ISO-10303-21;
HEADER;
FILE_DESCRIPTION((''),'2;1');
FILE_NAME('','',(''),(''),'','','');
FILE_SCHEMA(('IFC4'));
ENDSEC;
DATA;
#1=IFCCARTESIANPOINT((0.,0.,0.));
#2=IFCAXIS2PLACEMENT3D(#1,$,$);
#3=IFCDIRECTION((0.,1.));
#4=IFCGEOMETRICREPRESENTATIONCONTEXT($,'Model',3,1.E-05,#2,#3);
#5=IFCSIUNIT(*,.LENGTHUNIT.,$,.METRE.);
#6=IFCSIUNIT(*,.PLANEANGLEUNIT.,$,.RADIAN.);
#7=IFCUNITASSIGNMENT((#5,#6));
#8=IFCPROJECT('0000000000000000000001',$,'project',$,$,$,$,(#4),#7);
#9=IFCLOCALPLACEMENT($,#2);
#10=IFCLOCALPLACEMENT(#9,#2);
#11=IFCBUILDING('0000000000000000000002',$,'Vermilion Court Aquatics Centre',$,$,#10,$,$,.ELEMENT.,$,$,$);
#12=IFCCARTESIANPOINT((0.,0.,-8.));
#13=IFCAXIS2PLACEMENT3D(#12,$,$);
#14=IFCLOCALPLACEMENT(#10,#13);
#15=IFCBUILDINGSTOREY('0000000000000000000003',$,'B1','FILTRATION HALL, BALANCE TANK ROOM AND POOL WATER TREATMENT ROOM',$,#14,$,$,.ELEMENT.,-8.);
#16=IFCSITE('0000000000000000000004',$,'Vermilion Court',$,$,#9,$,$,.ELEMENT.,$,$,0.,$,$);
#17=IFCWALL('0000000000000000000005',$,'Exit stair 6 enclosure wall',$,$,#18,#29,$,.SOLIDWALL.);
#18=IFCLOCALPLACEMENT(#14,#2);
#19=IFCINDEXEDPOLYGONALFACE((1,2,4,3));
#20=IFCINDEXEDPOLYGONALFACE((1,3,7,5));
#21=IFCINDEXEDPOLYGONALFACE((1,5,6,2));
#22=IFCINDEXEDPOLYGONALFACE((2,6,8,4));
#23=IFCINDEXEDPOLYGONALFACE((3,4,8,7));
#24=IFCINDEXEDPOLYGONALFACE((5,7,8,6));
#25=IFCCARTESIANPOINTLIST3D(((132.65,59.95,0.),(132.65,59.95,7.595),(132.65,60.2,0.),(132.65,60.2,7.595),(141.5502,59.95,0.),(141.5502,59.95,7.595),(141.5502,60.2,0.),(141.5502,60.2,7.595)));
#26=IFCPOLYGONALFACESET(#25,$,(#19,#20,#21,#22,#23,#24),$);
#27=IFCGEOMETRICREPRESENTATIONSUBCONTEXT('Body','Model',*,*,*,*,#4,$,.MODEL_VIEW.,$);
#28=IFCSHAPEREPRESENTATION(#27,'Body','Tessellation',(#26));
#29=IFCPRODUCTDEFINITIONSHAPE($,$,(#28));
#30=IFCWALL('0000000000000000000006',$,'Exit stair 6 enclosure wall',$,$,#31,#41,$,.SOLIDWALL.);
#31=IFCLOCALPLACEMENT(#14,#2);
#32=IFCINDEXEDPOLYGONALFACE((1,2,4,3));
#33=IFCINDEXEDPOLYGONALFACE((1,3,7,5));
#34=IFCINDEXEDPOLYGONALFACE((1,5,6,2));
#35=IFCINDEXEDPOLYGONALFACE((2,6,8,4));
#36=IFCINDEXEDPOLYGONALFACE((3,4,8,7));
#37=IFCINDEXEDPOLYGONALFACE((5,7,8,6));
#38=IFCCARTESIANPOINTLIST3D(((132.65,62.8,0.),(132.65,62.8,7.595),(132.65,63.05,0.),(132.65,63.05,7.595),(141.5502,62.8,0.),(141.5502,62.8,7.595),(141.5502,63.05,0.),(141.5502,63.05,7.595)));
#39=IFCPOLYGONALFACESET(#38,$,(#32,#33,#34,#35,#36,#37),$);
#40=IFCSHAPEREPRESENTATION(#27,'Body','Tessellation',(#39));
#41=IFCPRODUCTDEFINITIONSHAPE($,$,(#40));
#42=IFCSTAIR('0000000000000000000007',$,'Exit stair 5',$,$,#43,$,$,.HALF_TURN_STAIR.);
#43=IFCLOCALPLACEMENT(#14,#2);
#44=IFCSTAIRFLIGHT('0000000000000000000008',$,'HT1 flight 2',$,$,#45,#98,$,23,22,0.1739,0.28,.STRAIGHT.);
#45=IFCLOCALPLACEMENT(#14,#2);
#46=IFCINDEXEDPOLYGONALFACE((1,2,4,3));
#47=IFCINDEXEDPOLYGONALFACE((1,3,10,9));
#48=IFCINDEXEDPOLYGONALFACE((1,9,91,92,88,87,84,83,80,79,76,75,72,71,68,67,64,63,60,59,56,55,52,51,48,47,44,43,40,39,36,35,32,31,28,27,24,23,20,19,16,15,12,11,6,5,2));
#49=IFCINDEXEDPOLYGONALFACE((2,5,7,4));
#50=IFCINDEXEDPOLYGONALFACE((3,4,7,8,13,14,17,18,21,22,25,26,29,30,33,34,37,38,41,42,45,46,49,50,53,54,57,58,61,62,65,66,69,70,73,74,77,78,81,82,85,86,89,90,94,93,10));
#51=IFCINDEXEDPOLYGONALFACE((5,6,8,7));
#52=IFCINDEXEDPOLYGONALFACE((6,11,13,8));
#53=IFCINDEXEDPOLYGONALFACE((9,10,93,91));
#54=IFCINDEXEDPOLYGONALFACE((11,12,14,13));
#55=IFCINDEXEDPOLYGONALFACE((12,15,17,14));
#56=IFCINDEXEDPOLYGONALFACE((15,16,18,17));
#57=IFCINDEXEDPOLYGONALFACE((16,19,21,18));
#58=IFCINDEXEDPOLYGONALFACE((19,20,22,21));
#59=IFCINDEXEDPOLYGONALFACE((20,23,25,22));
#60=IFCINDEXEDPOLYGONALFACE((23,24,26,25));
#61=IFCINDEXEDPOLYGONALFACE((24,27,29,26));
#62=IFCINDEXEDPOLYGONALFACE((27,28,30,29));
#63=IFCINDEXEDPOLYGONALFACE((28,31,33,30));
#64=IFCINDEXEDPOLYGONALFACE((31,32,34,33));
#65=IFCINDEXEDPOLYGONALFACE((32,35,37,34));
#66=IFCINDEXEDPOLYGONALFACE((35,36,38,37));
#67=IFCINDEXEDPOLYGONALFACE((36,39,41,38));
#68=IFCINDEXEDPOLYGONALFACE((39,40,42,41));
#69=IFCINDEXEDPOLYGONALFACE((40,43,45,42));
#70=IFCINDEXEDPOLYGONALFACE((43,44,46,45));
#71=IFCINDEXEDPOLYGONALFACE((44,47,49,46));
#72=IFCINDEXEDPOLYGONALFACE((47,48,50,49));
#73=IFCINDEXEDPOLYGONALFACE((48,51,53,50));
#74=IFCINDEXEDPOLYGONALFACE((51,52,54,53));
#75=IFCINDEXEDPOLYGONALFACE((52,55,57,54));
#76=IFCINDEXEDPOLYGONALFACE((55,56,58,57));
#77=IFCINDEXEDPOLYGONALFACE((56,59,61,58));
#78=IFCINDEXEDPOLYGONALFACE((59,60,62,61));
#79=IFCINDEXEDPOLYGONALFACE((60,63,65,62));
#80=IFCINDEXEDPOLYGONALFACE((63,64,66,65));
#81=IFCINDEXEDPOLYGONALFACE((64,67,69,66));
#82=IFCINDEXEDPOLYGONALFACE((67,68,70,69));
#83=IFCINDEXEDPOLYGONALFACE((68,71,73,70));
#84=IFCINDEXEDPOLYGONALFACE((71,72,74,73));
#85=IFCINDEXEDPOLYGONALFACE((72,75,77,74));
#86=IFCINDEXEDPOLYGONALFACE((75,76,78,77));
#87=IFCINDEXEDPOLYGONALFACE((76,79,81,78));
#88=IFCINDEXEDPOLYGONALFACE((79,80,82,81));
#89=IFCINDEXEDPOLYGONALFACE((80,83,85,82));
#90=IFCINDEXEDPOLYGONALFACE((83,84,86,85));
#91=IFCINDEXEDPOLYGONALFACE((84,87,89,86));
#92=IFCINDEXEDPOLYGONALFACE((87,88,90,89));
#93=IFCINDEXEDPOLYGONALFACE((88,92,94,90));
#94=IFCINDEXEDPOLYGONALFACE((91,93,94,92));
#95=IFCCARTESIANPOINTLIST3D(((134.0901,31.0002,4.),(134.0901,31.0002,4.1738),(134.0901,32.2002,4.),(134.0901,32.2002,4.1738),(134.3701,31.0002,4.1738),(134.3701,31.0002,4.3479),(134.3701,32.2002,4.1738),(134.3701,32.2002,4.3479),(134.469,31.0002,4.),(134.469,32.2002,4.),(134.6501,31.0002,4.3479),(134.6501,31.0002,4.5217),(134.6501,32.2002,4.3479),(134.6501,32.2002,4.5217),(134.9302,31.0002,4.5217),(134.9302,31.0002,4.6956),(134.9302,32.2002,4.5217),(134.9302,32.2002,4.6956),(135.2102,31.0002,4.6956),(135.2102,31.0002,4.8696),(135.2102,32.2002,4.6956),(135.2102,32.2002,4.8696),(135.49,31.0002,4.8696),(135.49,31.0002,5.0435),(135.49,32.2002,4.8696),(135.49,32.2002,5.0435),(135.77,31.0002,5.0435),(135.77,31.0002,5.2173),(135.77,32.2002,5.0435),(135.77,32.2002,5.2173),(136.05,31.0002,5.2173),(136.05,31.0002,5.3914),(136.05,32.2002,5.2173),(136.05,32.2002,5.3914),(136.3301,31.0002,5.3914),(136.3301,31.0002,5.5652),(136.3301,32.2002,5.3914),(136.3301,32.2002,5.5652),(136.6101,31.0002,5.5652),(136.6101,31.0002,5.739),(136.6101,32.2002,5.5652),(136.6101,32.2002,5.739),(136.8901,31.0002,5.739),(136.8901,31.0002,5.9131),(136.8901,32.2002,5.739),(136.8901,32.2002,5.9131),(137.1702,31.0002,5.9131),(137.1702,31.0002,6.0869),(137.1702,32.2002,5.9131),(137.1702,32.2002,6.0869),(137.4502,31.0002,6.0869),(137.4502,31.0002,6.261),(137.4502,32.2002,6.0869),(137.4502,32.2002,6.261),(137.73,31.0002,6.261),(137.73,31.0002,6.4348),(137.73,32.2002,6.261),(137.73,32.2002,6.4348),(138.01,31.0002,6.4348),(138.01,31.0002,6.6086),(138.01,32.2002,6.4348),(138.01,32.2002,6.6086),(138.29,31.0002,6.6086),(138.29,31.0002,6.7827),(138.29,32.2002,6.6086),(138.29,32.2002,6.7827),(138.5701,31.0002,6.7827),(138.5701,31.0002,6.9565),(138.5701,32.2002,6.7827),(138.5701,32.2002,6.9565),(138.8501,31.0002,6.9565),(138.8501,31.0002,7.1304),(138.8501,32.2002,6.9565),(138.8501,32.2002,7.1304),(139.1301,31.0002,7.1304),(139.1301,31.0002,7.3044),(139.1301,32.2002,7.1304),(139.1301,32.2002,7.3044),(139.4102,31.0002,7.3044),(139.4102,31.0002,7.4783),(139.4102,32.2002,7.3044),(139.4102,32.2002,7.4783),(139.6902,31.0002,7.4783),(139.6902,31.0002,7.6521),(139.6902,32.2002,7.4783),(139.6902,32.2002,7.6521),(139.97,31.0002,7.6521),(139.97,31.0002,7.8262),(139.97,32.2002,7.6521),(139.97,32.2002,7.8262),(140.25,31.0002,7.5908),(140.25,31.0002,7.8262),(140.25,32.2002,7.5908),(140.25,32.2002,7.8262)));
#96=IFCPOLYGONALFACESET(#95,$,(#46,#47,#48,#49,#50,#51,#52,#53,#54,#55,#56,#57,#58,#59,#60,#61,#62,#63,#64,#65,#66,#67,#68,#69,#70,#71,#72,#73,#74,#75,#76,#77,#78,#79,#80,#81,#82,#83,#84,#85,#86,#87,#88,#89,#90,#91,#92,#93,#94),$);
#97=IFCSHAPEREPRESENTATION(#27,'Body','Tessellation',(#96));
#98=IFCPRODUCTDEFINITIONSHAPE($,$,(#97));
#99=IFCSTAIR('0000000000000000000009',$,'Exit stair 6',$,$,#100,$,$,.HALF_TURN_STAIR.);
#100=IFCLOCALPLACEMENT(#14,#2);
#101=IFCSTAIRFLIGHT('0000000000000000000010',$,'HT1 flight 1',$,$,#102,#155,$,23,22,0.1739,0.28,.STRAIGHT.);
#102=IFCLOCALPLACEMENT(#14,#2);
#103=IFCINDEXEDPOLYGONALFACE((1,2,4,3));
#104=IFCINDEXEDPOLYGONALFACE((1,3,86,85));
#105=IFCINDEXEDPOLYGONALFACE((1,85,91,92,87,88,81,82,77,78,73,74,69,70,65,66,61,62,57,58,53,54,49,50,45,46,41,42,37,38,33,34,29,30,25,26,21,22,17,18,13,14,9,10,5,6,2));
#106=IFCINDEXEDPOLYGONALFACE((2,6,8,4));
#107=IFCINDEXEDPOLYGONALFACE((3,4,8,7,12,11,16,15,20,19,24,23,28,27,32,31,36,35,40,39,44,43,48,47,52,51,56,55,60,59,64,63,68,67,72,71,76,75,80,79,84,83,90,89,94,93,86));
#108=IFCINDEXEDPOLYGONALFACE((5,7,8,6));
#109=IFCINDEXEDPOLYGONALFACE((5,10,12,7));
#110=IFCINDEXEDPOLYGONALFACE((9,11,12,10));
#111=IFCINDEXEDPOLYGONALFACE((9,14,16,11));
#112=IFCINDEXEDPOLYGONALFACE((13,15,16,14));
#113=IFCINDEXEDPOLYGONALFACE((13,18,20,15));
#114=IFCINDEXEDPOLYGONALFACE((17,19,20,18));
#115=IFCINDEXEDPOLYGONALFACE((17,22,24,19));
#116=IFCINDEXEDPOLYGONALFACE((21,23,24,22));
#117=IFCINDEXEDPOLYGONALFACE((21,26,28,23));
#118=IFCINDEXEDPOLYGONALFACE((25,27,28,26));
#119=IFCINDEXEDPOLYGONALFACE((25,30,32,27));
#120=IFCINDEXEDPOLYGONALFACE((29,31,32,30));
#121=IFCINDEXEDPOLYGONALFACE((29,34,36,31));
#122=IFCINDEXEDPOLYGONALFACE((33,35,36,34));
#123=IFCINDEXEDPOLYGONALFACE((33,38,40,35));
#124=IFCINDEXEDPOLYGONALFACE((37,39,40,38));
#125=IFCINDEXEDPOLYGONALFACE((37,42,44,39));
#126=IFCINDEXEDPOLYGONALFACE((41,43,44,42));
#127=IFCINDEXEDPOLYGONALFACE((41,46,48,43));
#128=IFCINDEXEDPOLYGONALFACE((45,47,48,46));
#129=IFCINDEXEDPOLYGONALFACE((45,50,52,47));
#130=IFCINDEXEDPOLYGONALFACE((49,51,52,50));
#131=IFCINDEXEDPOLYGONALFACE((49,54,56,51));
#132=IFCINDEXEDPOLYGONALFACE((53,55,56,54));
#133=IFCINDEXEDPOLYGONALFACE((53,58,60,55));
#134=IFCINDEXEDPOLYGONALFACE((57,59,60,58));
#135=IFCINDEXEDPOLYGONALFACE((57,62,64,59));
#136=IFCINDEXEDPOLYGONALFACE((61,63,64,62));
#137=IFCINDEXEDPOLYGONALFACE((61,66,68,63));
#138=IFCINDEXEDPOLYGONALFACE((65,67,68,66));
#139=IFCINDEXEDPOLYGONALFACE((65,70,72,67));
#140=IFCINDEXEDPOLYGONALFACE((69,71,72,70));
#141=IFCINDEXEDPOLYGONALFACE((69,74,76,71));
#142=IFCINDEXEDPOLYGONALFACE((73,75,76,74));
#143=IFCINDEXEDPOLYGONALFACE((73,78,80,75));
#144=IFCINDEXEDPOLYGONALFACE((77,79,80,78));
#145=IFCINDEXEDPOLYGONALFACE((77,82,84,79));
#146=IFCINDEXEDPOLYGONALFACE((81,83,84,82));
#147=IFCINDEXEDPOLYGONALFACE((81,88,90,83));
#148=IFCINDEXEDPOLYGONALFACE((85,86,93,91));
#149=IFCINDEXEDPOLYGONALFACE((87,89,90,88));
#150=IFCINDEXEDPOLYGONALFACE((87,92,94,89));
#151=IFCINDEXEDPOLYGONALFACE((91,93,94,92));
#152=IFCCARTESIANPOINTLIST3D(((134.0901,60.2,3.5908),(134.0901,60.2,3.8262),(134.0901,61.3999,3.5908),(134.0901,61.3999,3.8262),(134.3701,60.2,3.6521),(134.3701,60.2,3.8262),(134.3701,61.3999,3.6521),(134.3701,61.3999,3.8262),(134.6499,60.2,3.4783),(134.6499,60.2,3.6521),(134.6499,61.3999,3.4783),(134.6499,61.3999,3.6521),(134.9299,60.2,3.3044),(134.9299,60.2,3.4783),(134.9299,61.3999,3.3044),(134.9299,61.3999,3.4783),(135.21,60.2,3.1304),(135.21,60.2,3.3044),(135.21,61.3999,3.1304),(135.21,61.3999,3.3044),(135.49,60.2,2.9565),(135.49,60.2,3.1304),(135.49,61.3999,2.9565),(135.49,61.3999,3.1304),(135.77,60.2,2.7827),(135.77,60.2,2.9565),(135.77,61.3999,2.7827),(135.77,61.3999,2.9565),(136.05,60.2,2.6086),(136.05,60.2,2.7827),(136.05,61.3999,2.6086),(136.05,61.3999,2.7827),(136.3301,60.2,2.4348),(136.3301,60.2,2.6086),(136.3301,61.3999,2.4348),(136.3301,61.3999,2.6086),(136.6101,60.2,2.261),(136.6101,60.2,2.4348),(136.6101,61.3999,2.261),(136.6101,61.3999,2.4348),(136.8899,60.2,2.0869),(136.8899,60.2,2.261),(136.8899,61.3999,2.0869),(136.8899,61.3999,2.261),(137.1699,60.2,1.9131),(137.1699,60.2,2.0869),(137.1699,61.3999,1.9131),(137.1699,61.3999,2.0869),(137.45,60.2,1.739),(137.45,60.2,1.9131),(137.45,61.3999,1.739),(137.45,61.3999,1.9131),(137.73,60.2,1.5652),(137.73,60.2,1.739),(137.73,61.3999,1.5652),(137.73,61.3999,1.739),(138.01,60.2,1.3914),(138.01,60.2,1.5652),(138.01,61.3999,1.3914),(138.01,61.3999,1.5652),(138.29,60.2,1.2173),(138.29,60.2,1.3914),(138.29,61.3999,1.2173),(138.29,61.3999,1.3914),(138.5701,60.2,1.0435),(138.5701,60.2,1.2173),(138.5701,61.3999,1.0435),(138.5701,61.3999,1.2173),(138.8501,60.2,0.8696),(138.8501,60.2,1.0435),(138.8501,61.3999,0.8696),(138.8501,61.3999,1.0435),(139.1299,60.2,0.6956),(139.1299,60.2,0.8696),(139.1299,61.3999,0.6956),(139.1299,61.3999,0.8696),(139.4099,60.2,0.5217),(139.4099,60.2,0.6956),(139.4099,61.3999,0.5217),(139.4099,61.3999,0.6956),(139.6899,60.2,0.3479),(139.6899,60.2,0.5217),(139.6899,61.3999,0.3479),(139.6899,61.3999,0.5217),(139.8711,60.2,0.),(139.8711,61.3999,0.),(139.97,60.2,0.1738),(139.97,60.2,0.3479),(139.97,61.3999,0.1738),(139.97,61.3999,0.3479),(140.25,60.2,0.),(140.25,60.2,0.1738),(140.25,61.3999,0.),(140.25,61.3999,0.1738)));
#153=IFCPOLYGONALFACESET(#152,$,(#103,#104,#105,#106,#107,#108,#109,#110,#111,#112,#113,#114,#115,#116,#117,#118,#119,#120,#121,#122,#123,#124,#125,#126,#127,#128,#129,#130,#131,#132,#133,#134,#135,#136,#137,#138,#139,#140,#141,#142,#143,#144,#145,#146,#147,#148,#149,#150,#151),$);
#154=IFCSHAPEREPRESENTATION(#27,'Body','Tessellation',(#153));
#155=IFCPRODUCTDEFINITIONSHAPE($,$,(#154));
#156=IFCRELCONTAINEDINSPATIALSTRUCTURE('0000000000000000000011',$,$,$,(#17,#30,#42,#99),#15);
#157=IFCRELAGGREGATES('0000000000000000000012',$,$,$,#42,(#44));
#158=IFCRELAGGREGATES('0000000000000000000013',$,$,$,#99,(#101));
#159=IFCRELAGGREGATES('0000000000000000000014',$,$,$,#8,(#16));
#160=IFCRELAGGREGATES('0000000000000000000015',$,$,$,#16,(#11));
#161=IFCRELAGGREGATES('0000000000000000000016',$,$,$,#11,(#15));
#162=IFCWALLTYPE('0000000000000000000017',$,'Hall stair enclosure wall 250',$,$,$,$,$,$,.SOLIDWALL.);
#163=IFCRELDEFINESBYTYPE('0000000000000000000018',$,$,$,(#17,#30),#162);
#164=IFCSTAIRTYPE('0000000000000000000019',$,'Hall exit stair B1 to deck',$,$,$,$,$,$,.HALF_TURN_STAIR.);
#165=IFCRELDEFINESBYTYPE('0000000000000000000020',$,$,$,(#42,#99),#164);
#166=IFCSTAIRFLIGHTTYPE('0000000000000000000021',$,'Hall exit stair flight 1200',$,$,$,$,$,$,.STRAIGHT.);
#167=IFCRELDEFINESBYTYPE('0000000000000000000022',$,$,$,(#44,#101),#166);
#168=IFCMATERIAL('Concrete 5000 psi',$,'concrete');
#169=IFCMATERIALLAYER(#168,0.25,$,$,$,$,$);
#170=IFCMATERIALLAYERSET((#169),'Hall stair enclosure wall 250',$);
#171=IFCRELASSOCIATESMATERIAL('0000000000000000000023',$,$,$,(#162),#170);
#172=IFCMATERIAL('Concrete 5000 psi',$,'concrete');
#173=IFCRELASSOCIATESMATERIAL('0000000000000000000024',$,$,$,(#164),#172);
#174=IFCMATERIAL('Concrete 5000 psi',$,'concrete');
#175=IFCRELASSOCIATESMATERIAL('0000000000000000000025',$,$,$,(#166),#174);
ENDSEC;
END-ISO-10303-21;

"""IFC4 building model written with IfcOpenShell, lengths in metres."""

from ifc_helpers import new_model, si_unit, direction, frame, frame_2d, origin, place, context, subcontext, project, spatial, polyline, rectangle, outline, extrude, material, layer, layer_set, type_object, element, aggregate, save


model = new_model("IFC4")

# Units and contexts
model_context = context("Model", 3, precision=1e-05, world=origin(), true_north=direction((0.0, 1.0)))
body_context = subcontext(model_context, "Body", "Model", "MODEL_VIEW")
ifc_project = project(units=[si_unit("LENGTHUNIT", "METRE"), si_unit("PLANEANGLEUNIT", "RADIAN")], contexts=[model_context])

# Site, building, storey
site_placement = place(None, origin())
site = spatial("IfcSite", under=ifc_project, at=site_placement, Name="Vermilion Court", CompositionType="ELEMENT", RefElevation=0.0)
building_placement = place(site_placement, origin())
building = spatial("IfcBuilding", under=site, at=building_placement, Name="Vermilion Court Aquatics Centre", CompositionType="ELEMENT")
storey_placement = place(building_placement, frame((0.0, 0.0, -8.0)))
storey = spatial("IfcBuildingStorey", under=building, at=storey_placement, Name="B1", Description="FILTRATION HALL, BALANCE TANK ROOM AND POOL WATER TREATMENT ROOM", CompositionType="ELEMENT", Elevation=-8.0)

# Shared definitions
ifc_material_1 = material(Name="Concrete 5000 psi", Category="concrete")
ifc_layer_1 = layer(ifc_material_1, 0.25)
ifc_layer_set_1 = layer_set([ifc_layer_1], Name="Hall stair enclosure wall 250")
wall_type_1 = type_object("IfcWallType", Name="Hall stair enclosure wall 250", PredefinedType="SOLIDWALL", material=ifc_layer_set_1)

# Walls
for number, where, z_axis, x_axis, name in (
    (1, (132.6499, 60.075, 0.0), (0.0, 0.0, 1.0), (1.0, 0.0, 0.0), "Exit stair 6 enclosure wall"),
    (2, (132.6499, 62.925, 0.0), (0.0, 0.0, 1.0), (1.0, 0.0, 0.0), "Exit stair 6 enclosure wall"),
):
    element("IfcWall", number, at=place(storey_placement, frame(where, z_axis=z_axis, x_axis=x_axis)), inside=storey, type_object=wall_type_1, Name=name, PredefinedType="SOLIDWALL", context=body_context, shape_type="SweptSolid", body=[
        extrude(rectangle(XDim=8.9001, YDim=0.25, at=frame_2d((4.4502, 0.0))), origin(), (0.0, 0.0, 1.0), 7.595),
    ])

# Stair, stair flight
ifc_material_2 = material(Name="Concrete 5000 psi", Category="concrete")
stair_type = type_object("IfcStairType", Name="Hall exit stair B1 to deck", PredefinedType="HALF_TURN_STAIR", material=ifc_material_2)
stair_1_placement = place(storey_placement, origin())
stair_1 = element("IfcStair", 3, at=stair_1_placement, inside=storey, type_object=stair_type, Name="Exit stair 5", PredefinedType="HALF_TURN_STAIR")
ifc_material_3 = material(Name="Concrete 5000 psi", Category="concrete")
stair_flight_type = type_object("IfcStairFlightType", Name="Hall exit stair flight 1200", PredefinedType="STRAIGHT", material=ifc_material_3)
stair_flight_1_placement = place(storey_placement, frame((134.0901, 31.6001, 4.0), z_axis=(0.0, 0.0, 1.0), x_axis=(1.0, 0.0, 0.0)))
stair_flight_1 = element("IfcStairFlight", 4, at=stair_flight_1_placement, type_object=stair_flight_type, Name="HT1 flight 2", NumberOfRisers=23, NumberOfTreads=22, PredefinedType="STRAIGHT", RiserHeight=0.1739, TreadLength=0.28, context=body_context, shape_type="SweptSolid", body=[
    extrude(outline(polyline([(0.0, 0.0), (0.0, 0.1738), (0.28, 0.1738), (0.28, 0.3479), (0.5601, 0.3479), (0.5601, 0.5217), (0.8401, 0.5217), (0.8401, 0.6956), (1.1201, 0.6956), (1.1201, 0.8696), (1.3999, 0.8696), (1.3999, 1.0435), (1.6799, 1.0435), (1.6799, 1.2173), (1.96, 1.2173), (1.96, 1.3914), (2.24, 1.3914), (2.24, 1.5652), (2.52, 1.5652), (2.52, 1.739), (2.8, 1.739), (2.8, 1.9131), (3.0801, 1.9131), (3.0801, 2.0869), (3.3601, 2.0869), (3.3601, 2.261), (3.6399, 2.261), (3.6399, 2.4348), (3.9199, 2.4348), (3.9199, 2.6086), (4.2, 2.6086), (4.2, 2.7827), (4.48, 2.7827), (4.48, 2.9565), (4.76, 2.9565), (4.76, 3.1304), (5.04, 3.1304), (5.04, 3.3044), (5.3201, 3.3044), (5.3201, 3.4783), (5.6001, 3.4783), (5.6001, 3.6521), (5.8799, 3.6521), (5.8799, 3.8262), (6.1599, 3.8262), (6.1599, 4.0), (6.1599, 3.5908), (0.3789, 0.0), (0.0, 0.0)])), frame((0.0, 0.6001, 0.0), z_axis=(0.0, -1.0, 0.0), x_axis=(1.0, 0.0, 0.0)), (0.0, 0.0, 1.0), 1.2),
])
aggregate(stair_1, [stair_flight_1])

# Stair, stair flight
stair_2_placement = place(storey_placement, origin())
stair_2 = element("IfcStair", 5, at=stair_2_placement, inside=storey, type_object=stair_type, Name="Exit stair 6", PredefinedType="HALF_TURN_STAIR")
stair_flight_2_placement = place(storey_placement, frame((140.25, 60.8, 0.0), z_axis=(0.0, 0.0, 1.0), x_axis=(-1.0, 0.0, 0.0)))
stair_flight_2 = element("IfcStairFlight", 6, at=stair_flight_2_placement, type_object=stair_flight_type, Name="HT1 flight 1", NumberOfRisers=23, NumberOfTreads=22, PredefinedType="STRAIGHT", RiserHeight=0.1739, TreadLength=0.28, context=body_context, shape_type="SweptSolid", body=[
    extrude(outline(polyline([(0.0, 0.0), (0.0, 0.1738), (0.28, 0.1738), (0.28, 0.3479), (0.5601, 0.3479), (0.5601, 0.5217), (0.8401, 0.5217), (0.8401, 0.6956), (1.1201, 0.6956), (1.1201, 0.8696), (1.3999, 0.8696), (1.3999, 1.0435), (1.6799, 1.0435), (1.6799, 1.2173), (1.96, 1.2173), (1.96, 1.3914), (2.24, 1.3914), (2.24, 1.5652), (2.52, 1.5652), (2.52, 1.739), (2.8, 1.739), (2.8, 1.9131), (3.0801, 1.9131), (3.0801, 2.0869), (3.3601, 2.0869), (3.3601, 2.261), (3.6399, 2.261), (3.6399, 2.4348), (3.9199, 2.4348), (3.9199, 2.6086), (4.2, 2.6086), (4.2, 2.7827), (4.48, 2.7827), (4.48, 2.9565), (4.76, 2.9565), (4.76, 3.1304), (5.04, 3.1304), (5.04, 3.3044), (5.3201, 3.3044), (5.3201, 3.4783), (5.6001, 3.4783), (5.6001, 3.6521), (5.8799, 3.6521), (5.8799, 3.8262), (6.1599, 3.8262), (6.1599, 4.0), (6.1599, 3.5908), (0.3789, 0.0), (0.0, 0.0)])), frame((0.0, 0.6001, 0.0), z_axis=(0.0, -1.0, 0.0), x_axis=(1.0, 0.0, 0.0)), (0.0, 0.0, 1.0), 1.2),
])
aggregate(stair_2, [stair_flight_2])

save(model, "model.ifc")
